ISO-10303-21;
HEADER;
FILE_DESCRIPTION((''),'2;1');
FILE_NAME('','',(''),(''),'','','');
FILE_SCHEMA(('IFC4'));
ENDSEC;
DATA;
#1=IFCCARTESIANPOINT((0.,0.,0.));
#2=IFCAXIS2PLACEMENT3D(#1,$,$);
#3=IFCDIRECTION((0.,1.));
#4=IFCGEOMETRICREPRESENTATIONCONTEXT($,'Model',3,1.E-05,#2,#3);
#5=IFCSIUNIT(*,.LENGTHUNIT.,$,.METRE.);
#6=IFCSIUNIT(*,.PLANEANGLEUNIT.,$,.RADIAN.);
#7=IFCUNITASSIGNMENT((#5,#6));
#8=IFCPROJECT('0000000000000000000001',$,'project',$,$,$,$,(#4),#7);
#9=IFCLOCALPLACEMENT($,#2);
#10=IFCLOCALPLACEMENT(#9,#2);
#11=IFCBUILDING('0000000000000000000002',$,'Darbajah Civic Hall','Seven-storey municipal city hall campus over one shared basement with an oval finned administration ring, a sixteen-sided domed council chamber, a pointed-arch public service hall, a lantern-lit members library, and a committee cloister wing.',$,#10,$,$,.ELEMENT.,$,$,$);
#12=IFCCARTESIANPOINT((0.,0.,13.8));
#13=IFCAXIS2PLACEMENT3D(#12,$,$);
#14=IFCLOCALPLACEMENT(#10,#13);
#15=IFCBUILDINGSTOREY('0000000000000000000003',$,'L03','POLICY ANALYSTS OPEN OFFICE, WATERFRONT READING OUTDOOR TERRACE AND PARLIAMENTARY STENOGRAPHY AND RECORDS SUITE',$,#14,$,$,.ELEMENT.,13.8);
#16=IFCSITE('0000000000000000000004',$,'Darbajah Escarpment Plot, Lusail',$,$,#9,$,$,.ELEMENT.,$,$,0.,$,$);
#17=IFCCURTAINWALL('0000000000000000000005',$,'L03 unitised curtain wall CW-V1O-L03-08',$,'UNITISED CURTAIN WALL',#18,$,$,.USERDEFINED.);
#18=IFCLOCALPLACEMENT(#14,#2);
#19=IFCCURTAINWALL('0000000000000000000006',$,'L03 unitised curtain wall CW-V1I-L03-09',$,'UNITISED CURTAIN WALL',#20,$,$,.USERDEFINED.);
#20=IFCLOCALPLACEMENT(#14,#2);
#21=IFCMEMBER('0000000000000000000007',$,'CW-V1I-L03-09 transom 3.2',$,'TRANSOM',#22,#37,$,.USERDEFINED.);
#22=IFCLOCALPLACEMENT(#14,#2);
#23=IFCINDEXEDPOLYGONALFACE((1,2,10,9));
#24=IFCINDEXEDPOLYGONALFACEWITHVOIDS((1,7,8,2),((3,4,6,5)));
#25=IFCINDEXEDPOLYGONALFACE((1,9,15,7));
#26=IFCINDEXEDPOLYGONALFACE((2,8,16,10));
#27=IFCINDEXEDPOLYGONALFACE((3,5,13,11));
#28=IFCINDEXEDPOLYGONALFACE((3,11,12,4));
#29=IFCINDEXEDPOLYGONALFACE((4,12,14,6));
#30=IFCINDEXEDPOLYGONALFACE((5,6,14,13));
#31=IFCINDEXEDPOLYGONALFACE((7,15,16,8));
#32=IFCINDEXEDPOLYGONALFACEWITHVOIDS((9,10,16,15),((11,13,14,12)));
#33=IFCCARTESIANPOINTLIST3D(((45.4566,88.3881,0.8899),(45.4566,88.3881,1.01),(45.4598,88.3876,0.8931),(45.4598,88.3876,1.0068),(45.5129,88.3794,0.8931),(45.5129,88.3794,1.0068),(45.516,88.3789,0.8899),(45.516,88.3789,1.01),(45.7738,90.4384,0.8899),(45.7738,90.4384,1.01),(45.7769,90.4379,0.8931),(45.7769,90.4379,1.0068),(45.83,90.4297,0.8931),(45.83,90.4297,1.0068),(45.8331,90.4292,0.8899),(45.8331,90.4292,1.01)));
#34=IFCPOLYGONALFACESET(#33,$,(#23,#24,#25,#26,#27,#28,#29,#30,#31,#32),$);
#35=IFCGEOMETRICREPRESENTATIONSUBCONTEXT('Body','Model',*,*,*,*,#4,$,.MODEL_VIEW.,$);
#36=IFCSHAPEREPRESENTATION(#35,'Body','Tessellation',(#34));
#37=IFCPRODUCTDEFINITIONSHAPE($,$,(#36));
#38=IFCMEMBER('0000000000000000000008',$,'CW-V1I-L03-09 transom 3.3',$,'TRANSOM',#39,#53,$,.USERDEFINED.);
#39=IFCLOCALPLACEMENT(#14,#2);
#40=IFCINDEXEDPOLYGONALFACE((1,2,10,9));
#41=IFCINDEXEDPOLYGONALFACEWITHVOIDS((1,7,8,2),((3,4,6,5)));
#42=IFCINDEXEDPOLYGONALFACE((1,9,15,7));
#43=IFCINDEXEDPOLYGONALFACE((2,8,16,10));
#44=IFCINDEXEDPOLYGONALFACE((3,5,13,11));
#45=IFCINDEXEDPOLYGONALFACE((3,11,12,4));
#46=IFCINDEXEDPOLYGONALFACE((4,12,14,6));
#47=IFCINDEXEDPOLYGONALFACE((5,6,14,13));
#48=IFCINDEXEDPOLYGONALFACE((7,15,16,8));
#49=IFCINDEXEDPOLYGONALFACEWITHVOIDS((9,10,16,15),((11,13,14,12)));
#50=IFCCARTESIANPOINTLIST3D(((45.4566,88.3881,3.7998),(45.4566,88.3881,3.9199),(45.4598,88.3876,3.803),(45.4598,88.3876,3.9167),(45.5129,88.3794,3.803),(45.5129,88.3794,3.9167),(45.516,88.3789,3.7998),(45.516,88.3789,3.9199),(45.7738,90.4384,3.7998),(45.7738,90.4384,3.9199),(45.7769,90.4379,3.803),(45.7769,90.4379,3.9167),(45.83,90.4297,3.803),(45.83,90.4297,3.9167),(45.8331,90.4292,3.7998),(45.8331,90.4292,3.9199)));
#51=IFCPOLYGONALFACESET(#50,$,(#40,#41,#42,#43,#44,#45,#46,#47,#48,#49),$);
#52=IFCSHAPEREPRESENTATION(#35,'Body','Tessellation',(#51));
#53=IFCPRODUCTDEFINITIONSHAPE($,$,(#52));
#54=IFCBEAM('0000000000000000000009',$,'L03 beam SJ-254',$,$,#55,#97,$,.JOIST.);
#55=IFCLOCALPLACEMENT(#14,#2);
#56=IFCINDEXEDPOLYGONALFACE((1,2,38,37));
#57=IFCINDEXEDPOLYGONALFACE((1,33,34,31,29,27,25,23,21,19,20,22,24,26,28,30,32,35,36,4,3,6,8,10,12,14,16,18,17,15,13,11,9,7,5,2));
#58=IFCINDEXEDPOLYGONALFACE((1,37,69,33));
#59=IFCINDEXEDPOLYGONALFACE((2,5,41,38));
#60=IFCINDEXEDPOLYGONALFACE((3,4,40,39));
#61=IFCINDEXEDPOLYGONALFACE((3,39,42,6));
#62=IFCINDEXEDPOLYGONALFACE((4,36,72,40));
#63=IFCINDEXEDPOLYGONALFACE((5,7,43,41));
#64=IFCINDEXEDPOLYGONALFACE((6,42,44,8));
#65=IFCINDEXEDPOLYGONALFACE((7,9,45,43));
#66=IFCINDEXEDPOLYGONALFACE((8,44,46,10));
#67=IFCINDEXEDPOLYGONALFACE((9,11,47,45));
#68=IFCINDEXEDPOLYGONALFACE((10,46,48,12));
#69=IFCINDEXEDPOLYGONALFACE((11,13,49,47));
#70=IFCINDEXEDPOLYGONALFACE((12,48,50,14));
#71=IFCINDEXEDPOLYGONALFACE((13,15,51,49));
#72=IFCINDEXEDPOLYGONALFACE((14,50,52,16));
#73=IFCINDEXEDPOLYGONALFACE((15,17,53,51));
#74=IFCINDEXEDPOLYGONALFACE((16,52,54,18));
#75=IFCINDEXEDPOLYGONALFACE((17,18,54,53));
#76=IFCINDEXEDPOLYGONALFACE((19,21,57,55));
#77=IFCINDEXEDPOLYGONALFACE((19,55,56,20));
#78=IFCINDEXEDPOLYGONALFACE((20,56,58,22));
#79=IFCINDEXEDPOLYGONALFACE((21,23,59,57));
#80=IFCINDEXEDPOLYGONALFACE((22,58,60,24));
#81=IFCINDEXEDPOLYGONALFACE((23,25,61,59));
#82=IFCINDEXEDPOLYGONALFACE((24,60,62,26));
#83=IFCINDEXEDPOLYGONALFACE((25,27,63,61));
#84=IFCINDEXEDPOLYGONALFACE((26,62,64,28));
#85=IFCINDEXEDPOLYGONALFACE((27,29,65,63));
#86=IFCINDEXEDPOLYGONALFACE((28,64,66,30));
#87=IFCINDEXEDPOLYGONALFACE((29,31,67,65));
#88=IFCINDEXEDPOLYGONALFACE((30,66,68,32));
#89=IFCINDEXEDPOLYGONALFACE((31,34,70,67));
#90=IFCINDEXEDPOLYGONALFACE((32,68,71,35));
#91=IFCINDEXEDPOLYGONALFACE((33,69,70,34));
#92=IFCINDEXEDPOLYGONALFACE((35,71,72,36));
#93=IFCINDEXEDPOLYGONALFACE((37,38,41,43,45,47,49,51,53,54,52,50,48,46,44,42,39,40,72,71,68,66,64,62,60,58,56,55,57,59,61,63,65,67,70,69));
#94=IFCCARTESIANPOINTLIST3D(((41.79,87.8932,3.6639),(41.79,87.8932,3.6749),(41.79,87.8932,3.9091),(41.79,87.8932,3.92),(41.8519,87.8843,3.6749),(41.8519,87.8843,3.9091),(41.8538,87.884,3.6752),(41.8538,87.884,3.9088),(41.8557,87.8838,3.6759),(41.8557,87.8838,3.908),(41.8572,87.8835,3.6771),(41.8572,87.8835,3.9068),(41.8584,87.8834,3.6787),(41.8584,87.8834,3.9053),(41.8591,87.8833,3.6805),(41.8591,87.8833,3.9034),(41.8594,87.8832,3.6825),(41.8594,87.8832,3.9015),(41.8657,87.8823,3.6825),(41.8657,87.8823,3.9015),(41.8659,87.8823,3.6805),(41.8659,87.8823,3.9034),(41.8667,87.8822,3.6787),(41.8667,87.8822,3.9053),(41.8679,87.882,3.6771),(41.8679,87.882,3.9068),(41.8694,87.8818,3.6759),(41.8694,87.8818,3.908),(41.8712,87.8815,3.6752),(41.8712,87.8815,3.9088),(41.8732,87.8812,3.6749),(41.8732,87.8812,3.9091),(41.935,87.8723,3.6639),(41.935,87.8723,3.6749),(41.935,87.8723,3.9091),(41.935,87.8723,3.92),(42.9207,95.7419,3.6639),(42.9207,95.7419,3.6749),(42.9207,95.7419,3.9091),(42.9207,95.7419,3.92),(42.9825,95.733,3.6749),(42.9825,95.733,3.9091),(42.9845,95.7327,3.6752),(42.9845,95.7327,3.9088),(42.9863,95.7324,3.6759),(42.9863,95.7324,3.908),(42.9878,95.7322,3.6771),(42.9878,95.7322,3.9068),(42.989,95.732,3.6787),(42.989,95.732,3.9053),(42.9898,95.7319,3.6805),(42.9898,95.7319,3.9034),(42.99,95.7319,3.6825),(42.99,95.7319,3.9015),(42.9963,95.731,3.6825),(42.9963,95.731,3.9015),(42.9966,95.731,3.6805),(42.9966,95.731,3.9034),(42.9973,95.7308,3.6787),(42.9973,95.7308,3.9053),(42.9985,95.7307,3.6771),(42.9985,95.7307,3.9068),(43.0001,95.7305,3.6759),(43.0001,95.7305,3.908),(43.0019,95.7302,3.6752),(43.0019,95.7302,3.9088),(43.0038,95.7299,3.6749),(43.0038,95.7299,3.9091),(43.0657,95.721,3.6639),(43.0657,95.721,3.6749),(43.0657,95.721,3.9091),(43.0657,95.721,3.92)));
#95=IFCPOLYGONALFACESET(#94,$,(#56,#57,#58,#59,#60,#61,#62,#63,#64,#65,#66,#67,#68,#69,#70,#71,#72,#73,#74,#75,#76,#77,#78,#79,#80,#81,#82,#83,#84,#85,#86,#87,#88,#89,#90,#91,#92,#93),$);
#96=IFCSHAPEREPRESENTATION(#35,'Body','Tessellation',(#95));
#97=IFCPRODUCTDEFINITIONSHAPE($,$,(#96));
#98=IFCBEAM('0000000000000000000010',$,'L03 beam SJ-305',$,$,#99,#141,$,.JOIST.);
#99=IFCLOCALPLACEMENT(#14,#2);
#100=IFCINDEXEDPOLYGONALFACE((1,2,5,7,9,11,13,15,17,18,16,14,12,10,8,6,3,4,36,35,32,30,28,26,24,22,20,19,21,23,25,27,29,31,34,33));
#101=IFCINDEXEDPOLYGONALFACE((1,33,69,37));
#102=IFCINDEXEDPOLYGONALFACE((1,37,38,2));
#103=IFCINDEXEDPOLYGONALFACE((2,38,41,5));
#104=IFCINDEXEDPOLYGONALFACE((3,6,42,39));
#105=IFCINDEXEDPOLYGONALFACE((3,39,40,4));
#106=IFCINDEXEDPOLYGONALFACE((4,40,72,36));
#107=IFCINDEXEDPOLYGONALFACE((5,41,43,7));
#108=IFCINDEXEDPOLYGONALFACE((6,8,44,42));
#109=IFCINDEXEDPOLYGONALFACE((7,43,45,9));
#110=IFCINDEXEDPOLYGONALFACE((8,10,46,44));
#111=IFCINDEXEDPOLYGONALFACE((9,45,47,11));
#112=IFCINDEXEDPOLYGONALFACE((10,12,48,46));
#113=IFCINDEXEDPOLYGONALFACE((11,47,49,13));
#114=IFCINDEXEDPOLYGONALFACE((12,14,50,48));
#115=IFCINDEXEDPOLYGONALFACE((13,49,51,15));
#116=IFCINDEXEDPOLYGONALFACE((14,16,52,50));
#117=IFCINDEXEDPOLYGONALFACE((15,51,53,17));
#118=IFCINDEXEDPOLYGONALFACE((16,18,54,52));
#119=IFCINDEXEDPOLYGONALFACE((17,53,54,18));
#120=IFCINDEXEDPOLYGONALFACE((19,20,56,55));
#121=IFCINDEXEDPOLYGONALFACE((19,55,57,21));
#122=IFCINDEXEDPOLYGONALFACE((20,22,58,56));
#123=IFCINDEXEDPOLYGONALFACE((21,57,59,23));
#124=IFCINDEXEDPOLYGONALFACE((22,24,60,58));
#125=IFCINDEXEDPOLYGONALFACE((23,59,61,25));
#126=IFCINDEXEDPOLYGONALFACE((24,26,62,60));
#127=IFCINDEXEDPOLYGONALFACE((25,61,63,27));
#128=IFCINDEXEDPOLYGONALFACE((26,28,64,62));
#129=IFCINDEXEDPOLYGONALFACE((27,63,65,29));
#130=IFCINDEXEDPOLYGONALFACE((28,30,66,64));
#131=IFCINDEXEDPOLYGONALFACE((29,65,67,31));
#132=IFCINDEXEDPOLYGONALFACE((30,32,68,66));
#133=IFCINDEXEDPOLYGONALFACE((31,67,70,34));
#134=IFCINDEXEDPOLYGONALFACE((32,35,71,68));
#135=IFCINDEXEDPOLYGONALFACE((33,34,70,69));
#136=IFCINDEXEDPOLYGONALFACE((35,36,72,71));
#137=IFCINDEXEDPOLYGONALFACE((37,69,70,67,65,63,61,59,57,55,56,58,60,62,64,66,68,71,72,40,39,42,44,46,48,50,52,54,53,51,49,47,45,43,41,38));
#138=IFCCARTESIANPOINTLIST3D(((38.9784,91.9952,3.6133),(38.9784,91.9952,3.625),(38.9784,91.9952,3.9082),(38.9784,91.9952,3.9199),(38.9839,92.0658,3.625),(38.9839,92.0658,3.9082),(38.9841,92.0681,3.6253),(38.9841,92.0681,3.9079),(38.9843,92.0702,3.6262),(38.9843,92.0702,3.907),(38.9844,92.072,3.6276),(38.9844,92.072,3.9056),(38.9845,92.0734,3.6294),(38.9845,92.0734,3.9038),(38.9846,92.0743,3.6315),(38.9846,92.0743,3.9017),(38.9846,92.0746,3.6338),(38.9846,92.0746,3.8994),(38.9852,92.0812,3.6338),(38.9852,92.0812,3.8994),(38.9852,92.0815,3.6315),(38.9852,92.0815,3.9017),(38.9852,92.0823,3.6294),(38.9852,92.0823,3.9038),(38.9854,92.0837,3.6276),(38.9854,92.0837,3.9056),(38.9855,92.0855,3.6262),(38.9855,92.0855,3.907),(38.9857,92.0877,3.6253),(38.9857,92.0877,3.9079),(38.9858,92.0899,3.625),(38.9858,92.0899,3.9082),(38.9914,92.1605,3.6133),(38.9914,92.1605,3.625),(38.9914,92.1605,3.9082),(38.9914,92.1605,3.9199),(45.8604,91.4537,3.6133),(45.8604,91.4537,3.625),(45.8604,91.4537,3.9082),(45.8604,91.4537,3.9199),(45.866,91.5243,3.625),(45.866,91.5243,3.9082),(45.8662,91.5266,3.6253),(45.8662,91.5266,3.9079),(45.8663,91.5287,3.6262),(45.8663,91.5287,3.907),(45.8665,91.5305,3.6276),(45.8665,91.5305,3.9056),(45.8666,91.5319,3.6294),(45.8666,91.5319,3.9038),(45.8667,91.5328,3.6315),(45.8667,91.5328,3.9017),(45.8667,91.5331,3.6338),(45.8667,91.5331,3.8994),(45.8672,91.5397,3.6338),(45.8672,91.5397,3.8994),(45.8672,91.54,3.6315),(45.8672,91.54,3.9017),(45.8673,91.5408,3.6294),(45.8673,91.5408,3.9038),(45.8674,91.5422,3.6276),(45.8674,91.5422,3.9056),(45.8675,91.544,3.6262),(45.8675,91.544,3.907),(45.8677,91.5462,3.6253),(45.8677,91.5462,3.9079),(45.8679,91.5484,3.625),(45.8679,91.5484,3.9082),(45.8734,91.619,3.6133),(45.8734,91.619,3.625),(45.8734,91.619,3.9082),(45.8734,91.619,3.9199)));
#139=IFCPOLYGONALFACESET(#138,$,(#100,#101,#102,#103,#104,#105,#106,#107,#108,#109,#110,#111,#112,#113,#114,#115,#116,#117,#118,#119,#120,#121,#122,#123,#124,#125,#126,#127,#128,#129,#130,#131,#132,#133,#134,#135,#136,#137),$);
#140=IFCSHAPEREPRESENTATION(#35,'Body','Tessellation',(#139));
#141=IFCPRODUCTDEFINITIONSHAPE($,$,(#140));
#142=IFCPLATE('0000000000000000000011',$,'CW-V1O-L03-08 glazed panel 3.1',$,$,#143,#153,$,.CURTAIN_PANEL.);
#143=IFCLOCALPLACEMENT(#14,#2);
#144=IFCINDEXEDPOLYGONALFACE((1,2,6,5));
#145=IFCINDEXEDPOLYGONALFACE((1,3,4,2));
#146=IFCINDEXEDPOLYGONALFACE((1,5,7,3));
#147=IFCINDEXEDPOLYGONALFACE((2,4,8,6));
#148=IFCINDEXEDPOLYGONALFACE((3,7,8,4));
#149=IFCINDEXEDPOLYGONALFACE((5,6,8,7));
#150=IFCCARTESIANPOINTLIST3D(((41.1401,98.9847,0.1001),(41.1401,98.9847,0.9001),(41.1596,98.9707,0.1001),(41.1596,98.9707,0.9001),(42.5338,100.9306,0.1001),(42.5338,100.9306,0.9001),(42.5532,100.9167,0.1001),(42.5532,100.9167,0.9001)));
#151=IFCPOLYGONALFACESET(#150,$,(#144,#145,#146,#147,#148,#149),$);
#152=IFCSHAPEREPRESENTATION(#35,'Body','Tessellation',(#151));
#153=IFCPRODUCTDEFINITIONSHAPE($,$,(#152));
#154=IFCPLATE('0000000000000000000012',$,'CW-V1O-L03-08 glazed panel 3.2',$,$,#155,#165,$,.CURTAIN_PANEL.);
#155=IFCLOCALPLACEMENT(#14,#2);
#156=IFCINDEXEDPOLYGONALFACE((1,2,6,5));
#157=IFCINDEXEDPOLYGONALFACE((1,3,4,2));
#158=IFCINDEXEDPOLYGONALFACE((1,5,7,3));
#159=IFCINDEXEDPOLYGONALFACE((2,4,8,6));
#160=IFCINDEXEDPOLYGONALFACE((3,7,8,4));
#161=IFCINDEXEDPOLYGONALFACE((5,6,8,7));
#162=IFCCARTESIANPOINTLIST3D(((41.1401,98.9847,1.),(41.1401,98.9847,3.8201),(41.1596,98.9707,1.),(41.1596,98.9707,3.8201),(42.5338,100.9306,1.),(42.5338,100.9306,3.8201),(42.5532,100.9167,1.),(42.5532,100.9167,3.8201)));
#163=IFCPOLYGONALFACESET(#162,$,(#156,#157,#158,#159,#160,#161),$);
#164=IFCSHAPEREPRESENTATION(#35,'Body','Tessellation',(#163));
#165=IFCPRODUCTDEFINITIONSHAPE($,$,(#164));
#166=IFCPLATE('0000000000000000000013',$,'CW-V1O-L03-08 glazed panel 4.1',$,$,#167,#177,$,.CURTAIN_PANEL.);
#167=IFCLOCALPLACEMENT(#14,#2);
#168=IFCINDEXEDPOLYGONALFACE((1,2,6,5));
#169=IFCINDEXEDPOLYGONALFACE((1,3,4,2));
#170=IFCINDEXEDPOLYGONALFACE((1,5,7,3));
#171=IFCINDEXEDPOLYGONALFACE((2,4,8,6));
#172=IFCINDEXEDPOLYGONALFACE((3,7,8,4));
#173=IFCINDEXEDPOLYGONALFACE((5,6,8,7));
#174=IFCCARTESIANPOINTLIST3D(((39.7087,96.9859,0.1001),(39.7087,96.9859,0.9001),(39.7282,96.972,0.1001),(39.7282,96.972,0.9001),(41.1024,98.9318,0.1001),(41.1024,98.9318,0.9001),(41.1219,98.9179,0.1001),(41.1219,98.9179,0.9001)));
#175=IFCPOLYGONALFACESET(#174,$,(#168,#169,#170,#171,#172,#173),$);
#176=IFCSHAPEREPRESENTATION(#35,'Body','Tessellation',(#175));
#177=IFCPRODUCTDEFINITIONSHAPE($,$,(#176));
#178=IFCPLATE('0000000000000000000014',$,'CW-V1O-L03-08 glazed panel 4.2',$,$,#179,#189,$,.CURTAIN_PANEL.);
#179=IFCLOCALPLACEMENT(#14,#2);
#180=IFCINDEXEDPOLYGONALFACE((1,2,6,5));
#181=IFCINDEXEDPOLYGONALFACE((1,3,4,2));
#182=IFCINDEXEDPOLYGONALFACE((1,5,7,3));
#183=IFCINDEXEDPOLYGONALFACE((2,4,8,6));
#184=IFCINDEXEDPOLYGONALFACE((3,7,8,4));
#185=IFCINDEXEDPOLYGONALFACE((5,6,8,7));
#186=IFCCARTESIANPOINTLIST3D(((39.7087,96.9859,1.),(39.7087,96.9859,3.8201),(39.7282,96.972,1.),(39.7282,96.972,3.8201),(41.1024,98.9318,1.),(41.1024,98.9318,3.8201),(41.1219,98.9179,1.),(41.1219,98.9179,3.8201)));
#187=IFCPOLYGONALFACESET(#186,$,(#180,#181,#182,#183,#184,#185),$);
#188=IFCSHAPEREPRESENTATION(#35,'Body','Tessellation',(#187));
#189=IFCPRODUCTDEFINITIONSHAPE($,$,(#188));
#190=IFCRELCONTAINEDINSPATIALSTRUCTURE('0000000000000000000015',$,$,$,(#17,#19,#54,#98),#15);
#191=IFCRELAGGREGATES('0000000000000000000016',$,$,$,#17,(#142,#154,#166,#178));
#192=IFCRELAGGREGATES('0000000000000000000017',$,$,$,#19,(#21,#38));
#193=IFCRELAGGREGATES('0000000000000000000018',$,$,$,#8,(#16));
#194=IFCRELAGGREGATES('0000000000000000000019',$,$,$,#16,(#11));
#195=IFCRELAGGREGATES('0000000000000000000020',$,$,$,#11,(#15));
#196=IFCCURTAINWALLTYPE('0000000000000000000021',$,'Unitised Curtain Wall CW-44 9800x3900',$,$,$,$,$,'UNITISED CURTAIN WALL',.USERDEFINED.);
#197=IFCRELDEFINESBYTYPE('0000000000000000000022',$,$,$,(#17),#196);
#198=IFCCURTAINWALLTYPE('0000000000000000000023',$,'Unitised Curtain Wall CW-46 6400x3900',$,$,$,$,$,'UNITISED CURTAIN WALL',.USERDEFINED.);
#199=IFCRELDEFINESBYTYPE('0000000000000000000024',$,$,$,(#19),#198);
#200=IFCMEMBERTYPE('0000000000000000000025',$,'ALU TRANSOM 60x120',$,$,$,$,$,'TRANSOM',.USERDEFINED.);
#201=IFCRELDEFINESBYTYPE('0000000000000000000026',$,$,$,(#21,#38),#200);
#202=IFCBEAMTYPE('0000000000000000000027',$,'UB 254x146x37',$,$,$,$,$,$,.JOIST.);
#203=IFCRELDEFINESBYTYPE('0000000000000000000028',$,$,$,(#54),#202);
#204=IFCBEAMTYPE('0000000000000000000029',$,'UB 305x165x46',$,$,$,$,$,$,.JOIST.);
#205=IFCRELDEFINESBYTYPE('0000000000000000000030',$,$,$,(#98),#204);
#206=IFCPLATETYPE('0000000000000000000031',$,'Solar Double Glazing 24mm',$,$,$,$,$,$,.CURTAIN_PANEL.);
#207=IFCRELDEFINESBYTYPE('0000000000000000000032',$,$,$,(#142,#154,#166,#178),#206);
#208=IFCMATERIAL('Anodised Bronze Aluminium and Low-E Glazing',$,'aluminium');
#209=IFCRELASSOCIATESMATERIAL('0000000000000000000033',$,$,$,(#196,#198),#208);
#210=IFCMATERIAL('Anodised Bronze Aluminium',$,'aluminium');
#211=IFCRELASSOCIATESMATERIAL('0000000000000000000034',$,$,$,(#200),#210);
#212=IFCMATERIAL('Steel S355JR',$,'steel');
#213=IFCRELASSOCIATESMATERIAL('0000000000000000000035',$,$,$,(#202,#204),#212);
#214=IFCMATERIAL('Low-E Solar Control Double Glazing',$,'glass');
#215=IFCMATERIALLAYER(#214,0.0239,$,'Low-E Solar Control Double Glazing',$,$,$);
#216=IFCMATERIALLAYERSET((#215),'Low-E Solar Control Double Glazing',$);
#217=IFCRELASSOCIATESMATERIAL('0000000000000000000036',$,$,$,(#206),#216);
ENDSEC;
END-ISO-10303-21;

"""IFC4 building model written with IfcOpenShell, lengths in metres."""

from ifc_helpers import new_model, si_unit, direction, frame, origin, origin_2d, place, context, subcontext, project, spatial, rectangle, hollow_rectangle, i_section, extrude, material, layer, layer_set, material_profile, profile_set, type_object, element, aggregate, save


model = new_model("IFC4")

# Units and contexts
model_context = context("Model", 3, precision=1e-05, world=origin(), true_north=direction((0.0, 1.0)))
body_context = subcontext(model_context, "Body", "Model", "MODEL_VIEW")
ifc_project = project(units=[si_unit("LENGTHUNIT", "METRE"), si_unit("PLANEANGLEUNIT", "RADIAN")], contexts=[model_context])

# Site, building, storey
site_placement = place(None, origin())
site = spatial("IfcSite", under=ifc_project, at=site_placement, Name="Darbajah Escarpment Plot, Lusail", CompositionType="ELEMENT", RefElevation=0.0)
building_placement = place(site_placement, origin())
building = spatial("IfcBuilding", under=site, at=building_placement, Name="Darbajah Civic Hall", Description="Seven-storey municipal city hall campus over one shared basement with an oval finned administration ring, a sixteen-sided domed council chamber, a pointed-arch public service hall, a lantern-lit members library, and a committee cloister wing.", CompositionType="ELEMENT")
storey_placement = place(building_placement, frame((0.0, 0.0, 13.8)))
storey = spatial("IfcBuildingStorey", under=building, at=storey_placement, Name="L03", Description="POLICY ANALYSTS OPEN OFFICE, WATERFRONT READING OUTDOOR TERRACE AND PARLIAMENTARY STENOGRAPHY AND RECORDS SUITE", CompositionType="ELEMENT", Elevation=13.8)

# Curtain walls
ifc_material_1 = material(Name="Anodised Bronze Aluminium and Low-E Glazing", Category="aluminium")
curtain_wall_type_1 = type_object("IfcCurtainWallType", Name="Unitised Curtain Wall CW-44 9800x3900", ElementType="UNITISED CURTAIN WALL", PredefinedType="USERDEFINED", material=ifc_material_1)
curtain_wall_1_placement = place(storey_placement, origin())
curtain_wall_1 = element("IfcCurtainWall", 1, at=curtain_wall_1_placement, inside=storey, type_object=curtain_wall_type_1, Name="L03 unitised curtain wall CW-V1O-L03-08", ObjectType="UNITISED CURTAIN WALL", PredefinedType="USERDEFINED")
ifc_material_2 = material(Name="Anodised Bronze Aluminium", Category="aluminium")
curtain_wall_type_2 = type_object("IfcCurtainWallType", Name="Unitised Curtain Wall CW-46 6400x3900", ElementType="UNITISED CURTAIN WALL", PredefinedType="USERDEFINED", material=ifc_material_1)
curtain_wall_2_placement = place(storey_placement, origin())
curtain_wall_2 = element("IfcCurtainWall", 2, at=curtain_wall_2_placement, inside=storey, type_object=curtain_wall_type_2, Name="L03 unitised curtain wall CW-V1I-L03-09", ObjectType="UNITISED CURTAIN WALL", PredefinedType="USERDEFINED")

# Members
ifc_material_profile_1 = material_profile(ifc_material_2, hollow_rectangle(XDim=0.0601, YDim=0.1201, WallThickness=0.0032, at=origin_2d()), Name="ALU TRANSOM 60x120")
ifc_profile_set_1 = profile_set([ifc_material_profile_1], Name="Anodised Bronze Aluminium")
member_type_1 = type_object("IfcMemberType", Name="ALU TRANSOM 60x120", ElementType="TRANSOM", PredefinedType="USERDEFINED", material=ifc_profile_set_1)
member_1_placement = place(storey_placement, frame((45.8035, 90.4338, 0.95), z_axis=(-0.152862, -0.988248, 0.0), x_axis=(0.988248, -0.152862, 0.0)))
member_1 = element("IfcMember", 3, at=member_1_placement, type_object=member_type_1, Name="CW-V1I-L03-09 transom 3.2", ObjectType="TRANSOM", PredefinedType="USERDEFINED", context=body_context, shape_type="SweptSolid", body=[
    extrude(hollow_rectangle(XDim=0.0601, YDim=0.1201, WallThickness=0.0032, at=origin_2d()), origin(), (0.0, 0.0, 1.0), 2.0747),
])
member_2_placement = place(storey_placement, frame((45.8035, 90.4338, 3.8599), z_axis=(-0.152862, -0.988248, 0.0), x_axis=(0.988248, -0.152862, 0.0)))
member_2 = element("IfcMember", 4, at=member_2_placement, type_object=member_type_1, Name="CW-V1I-L03-09 transom 3.3", ObjectType="TRANSOM", PredefinedType="USERDEFINED", context=body_context, shape_type="SweptSolid", body=[
    extrude(hollow_rectangle(XDim=0.0601, YDim=0.1201, WallThickness=0.0032, at=origin_2d()), origin(), (0.0, 0.0, 1.0), 2.0747),
])

# Beams
ifc_material_3 = material(Name="Steel S355JR", Category="steel")
ifc_material_profile_2 = material_profile(ifc_material_3, i_section(OverallWidth=0.1465, OverallDepth=0.2561, WebThickness=0.0063, FlangeThickness=0.011, FilletRadius=0.0076, at=origin_2d()), Name="UB 254x146x37")
ifc_profile_set_2 = profile_set([ifc_material_profile_2], Name="Steel S355JR")
beam_type_1 = type_object("IfcBeamType", Name="UB 254x146x37", PredefinedType="JOIST", material=ifc_profile_set_2)
beam_1_placement = place(storey_placement, frame((42.9932, 95.7314, 3.792), z_axis=(-0.142581, -0.989783, 0.0), x_axis=(0.989783, -0.142581, 0.0)))
element("IfcBeam", 5, at=beam_1_placement, inside=storey, type_object=beam_type_1, Name="L03 beam SJ-254", PredefinedType="JOIST", context=body_context, shape_type="SweptSolid", body=[
    extrude(i_section(OverallWidth=0.1465, OverallDepth=0.2561, WebThickness=0.0063, FlangeThickness=0.011, FilletRadius=0.0076, at=origin_2d()), origin(), (0.0, 0.0, 1.0), 7.9297),
])
ifc_material_profile_3 = material_profile(ifc_material_3, i_section(OverallWidth=0.1658, OverallDepth=0.3066, WebThickness=0.0066, FlangeThickness=0.0117, FilletRadius=0.0088, at=origin_2d()), Name="UB 305x165x46")
ifc_profile_set_3 = profile_set([ifc_material_profile_3], Name="Steel S355JR")
beam_type_2 = type_object("IfcBeamType", Name="UB 305x165x46", PredefinedType="JOIST", material=ifc_profile_set_3)
beam_2_placement = place(storey_placement, frame((45.8669, 91.5364, 3.7666), z_axis=(-0.996919, 0.078441, 0.0), x_axis=(-0.078441, -0.996919, 0.0)))
element("IfcBeam", 6, at=beam_2_placement, inside=storey, type_object=beam_type_2, Name="L03 beam SJ-305", PredefinedType="JOIST", context=body_context, shape_type="SweptSolid", body=[
    extrude(i_section(OverallWidth=0.1658, OverallDepth=0.3066, WebThickness=0.0066, FlangeThickness=0.0117, FilletRadius=0.0088, at=origin_2d()), origin(), (0.0, 0.0, 1.0), 6.9033),
])

# Plates
ifc_material_4 = material(Name="Low-E Solar Control Double Glazing", Category="glass")
ifc_layer_1 = layer(ifc_material_4, 0.0239, Name="Low-E Solar Control Double Glazing")
ifc_layer_set_1 = layer_set([ifc_layer_1], Name="Low-E Solar Control Double Glazing")
plate_type_1 = type_object("IfcPlateType", Name="Solar Double Glazing 24mm", PredefinedType="CURTAIN_PANEL", material=ifc_layer_set_1)
plate_1_placement = place(storey_placement, frame((41.8467, 99.9507, 0.1001), z_axis=(0.0, 0.0, 1.0), x_axis=(-0.582265, -0.812999, 0.0)))
plate_1 = element("IfcPlate", 7, at=plate_1_placement, type_object=plate_type_1, Name="CW-V1O-L03-08 glazed panel 3.1", PredefinedType="CURTAIN_PANEL", context=body_context, shape_type="SweptSolid", body=[
    extrude(rectangle(XDim=2.3936, YDim=0.0239, at=origin_2d()), origin(), (0.0, 0.0, 1.0), 0.8),
])
plate_2_placement = place(storey_placement, frame((41.8467, 99.9507, 1.0), z_axis=(0.0, 0.0, 1.0), x_axis=(-0.582265, -0.812999, 0.0)))
plate_2 = element("IfcPlate", 8, at=plate_2_placement, type_object=plate_type_1, Name="CW-V1O-L03-08 glazed panel 3.2", PredefinedType="CURTAIN_PANEL", context=body_context, shape_type="SweptSolid", body=[
    extrude(rectangle(XDim=2.3936, YDim=0.0239, at=origin_2d()), origin(), (0.0, 0.0, 1.0), 2.8201),
])
plate_3_placement = place(storey_placement, frame((40.4153, 97.9519, 0.1001), z_axis=(0.0, 0.0, 1.0), x_axis=(-0.582265, -0.812999, 0.0)))
plate_3 = element("IfcPlate", 9, at=plate_3_placement, type_object=plate_type_1, Name="CW-V1O-L03-08 glazed panel 4.1", PredefinedType="CURTAIN_PANEL", context=body_context, shape_type="SweptSolid", body=[
    extrude(rectangle(XDim=2.3936, YDim=0.0239, at=origin_2d()), origin(), (0.0, 0.0, 1.0), 0.8),
])
plate_4_placement = place(storey_placement, frame((40.4153, 97.9519, 1.0), z_axis=(0.0, 0.0, 1.0), x_axis=(-0.582265, -0.812999, 0.0)))
plate_4 = element("IfcPlate", 10, at=plate_4_placement, type_object=plate_type_1, Name="CW-V1O-L03-08 glazed panel 4.2", PredefinedType="CURTAIN_PANEL", context=body_context, shape_type="SweptSolid", body=[
    extrude(rectangle(XDim=2.3936, YDim=0.0239, at=origin_2d()), origin(), (0.0, 0.0, 1.0), 2.8201),
])
aggregate(curtain_wall_1, [plate_1, plate_2, plate_3, plate_4])
aggregate(curtain_wall_2, [member_1, member_2])

save(model, "model.ifc")
